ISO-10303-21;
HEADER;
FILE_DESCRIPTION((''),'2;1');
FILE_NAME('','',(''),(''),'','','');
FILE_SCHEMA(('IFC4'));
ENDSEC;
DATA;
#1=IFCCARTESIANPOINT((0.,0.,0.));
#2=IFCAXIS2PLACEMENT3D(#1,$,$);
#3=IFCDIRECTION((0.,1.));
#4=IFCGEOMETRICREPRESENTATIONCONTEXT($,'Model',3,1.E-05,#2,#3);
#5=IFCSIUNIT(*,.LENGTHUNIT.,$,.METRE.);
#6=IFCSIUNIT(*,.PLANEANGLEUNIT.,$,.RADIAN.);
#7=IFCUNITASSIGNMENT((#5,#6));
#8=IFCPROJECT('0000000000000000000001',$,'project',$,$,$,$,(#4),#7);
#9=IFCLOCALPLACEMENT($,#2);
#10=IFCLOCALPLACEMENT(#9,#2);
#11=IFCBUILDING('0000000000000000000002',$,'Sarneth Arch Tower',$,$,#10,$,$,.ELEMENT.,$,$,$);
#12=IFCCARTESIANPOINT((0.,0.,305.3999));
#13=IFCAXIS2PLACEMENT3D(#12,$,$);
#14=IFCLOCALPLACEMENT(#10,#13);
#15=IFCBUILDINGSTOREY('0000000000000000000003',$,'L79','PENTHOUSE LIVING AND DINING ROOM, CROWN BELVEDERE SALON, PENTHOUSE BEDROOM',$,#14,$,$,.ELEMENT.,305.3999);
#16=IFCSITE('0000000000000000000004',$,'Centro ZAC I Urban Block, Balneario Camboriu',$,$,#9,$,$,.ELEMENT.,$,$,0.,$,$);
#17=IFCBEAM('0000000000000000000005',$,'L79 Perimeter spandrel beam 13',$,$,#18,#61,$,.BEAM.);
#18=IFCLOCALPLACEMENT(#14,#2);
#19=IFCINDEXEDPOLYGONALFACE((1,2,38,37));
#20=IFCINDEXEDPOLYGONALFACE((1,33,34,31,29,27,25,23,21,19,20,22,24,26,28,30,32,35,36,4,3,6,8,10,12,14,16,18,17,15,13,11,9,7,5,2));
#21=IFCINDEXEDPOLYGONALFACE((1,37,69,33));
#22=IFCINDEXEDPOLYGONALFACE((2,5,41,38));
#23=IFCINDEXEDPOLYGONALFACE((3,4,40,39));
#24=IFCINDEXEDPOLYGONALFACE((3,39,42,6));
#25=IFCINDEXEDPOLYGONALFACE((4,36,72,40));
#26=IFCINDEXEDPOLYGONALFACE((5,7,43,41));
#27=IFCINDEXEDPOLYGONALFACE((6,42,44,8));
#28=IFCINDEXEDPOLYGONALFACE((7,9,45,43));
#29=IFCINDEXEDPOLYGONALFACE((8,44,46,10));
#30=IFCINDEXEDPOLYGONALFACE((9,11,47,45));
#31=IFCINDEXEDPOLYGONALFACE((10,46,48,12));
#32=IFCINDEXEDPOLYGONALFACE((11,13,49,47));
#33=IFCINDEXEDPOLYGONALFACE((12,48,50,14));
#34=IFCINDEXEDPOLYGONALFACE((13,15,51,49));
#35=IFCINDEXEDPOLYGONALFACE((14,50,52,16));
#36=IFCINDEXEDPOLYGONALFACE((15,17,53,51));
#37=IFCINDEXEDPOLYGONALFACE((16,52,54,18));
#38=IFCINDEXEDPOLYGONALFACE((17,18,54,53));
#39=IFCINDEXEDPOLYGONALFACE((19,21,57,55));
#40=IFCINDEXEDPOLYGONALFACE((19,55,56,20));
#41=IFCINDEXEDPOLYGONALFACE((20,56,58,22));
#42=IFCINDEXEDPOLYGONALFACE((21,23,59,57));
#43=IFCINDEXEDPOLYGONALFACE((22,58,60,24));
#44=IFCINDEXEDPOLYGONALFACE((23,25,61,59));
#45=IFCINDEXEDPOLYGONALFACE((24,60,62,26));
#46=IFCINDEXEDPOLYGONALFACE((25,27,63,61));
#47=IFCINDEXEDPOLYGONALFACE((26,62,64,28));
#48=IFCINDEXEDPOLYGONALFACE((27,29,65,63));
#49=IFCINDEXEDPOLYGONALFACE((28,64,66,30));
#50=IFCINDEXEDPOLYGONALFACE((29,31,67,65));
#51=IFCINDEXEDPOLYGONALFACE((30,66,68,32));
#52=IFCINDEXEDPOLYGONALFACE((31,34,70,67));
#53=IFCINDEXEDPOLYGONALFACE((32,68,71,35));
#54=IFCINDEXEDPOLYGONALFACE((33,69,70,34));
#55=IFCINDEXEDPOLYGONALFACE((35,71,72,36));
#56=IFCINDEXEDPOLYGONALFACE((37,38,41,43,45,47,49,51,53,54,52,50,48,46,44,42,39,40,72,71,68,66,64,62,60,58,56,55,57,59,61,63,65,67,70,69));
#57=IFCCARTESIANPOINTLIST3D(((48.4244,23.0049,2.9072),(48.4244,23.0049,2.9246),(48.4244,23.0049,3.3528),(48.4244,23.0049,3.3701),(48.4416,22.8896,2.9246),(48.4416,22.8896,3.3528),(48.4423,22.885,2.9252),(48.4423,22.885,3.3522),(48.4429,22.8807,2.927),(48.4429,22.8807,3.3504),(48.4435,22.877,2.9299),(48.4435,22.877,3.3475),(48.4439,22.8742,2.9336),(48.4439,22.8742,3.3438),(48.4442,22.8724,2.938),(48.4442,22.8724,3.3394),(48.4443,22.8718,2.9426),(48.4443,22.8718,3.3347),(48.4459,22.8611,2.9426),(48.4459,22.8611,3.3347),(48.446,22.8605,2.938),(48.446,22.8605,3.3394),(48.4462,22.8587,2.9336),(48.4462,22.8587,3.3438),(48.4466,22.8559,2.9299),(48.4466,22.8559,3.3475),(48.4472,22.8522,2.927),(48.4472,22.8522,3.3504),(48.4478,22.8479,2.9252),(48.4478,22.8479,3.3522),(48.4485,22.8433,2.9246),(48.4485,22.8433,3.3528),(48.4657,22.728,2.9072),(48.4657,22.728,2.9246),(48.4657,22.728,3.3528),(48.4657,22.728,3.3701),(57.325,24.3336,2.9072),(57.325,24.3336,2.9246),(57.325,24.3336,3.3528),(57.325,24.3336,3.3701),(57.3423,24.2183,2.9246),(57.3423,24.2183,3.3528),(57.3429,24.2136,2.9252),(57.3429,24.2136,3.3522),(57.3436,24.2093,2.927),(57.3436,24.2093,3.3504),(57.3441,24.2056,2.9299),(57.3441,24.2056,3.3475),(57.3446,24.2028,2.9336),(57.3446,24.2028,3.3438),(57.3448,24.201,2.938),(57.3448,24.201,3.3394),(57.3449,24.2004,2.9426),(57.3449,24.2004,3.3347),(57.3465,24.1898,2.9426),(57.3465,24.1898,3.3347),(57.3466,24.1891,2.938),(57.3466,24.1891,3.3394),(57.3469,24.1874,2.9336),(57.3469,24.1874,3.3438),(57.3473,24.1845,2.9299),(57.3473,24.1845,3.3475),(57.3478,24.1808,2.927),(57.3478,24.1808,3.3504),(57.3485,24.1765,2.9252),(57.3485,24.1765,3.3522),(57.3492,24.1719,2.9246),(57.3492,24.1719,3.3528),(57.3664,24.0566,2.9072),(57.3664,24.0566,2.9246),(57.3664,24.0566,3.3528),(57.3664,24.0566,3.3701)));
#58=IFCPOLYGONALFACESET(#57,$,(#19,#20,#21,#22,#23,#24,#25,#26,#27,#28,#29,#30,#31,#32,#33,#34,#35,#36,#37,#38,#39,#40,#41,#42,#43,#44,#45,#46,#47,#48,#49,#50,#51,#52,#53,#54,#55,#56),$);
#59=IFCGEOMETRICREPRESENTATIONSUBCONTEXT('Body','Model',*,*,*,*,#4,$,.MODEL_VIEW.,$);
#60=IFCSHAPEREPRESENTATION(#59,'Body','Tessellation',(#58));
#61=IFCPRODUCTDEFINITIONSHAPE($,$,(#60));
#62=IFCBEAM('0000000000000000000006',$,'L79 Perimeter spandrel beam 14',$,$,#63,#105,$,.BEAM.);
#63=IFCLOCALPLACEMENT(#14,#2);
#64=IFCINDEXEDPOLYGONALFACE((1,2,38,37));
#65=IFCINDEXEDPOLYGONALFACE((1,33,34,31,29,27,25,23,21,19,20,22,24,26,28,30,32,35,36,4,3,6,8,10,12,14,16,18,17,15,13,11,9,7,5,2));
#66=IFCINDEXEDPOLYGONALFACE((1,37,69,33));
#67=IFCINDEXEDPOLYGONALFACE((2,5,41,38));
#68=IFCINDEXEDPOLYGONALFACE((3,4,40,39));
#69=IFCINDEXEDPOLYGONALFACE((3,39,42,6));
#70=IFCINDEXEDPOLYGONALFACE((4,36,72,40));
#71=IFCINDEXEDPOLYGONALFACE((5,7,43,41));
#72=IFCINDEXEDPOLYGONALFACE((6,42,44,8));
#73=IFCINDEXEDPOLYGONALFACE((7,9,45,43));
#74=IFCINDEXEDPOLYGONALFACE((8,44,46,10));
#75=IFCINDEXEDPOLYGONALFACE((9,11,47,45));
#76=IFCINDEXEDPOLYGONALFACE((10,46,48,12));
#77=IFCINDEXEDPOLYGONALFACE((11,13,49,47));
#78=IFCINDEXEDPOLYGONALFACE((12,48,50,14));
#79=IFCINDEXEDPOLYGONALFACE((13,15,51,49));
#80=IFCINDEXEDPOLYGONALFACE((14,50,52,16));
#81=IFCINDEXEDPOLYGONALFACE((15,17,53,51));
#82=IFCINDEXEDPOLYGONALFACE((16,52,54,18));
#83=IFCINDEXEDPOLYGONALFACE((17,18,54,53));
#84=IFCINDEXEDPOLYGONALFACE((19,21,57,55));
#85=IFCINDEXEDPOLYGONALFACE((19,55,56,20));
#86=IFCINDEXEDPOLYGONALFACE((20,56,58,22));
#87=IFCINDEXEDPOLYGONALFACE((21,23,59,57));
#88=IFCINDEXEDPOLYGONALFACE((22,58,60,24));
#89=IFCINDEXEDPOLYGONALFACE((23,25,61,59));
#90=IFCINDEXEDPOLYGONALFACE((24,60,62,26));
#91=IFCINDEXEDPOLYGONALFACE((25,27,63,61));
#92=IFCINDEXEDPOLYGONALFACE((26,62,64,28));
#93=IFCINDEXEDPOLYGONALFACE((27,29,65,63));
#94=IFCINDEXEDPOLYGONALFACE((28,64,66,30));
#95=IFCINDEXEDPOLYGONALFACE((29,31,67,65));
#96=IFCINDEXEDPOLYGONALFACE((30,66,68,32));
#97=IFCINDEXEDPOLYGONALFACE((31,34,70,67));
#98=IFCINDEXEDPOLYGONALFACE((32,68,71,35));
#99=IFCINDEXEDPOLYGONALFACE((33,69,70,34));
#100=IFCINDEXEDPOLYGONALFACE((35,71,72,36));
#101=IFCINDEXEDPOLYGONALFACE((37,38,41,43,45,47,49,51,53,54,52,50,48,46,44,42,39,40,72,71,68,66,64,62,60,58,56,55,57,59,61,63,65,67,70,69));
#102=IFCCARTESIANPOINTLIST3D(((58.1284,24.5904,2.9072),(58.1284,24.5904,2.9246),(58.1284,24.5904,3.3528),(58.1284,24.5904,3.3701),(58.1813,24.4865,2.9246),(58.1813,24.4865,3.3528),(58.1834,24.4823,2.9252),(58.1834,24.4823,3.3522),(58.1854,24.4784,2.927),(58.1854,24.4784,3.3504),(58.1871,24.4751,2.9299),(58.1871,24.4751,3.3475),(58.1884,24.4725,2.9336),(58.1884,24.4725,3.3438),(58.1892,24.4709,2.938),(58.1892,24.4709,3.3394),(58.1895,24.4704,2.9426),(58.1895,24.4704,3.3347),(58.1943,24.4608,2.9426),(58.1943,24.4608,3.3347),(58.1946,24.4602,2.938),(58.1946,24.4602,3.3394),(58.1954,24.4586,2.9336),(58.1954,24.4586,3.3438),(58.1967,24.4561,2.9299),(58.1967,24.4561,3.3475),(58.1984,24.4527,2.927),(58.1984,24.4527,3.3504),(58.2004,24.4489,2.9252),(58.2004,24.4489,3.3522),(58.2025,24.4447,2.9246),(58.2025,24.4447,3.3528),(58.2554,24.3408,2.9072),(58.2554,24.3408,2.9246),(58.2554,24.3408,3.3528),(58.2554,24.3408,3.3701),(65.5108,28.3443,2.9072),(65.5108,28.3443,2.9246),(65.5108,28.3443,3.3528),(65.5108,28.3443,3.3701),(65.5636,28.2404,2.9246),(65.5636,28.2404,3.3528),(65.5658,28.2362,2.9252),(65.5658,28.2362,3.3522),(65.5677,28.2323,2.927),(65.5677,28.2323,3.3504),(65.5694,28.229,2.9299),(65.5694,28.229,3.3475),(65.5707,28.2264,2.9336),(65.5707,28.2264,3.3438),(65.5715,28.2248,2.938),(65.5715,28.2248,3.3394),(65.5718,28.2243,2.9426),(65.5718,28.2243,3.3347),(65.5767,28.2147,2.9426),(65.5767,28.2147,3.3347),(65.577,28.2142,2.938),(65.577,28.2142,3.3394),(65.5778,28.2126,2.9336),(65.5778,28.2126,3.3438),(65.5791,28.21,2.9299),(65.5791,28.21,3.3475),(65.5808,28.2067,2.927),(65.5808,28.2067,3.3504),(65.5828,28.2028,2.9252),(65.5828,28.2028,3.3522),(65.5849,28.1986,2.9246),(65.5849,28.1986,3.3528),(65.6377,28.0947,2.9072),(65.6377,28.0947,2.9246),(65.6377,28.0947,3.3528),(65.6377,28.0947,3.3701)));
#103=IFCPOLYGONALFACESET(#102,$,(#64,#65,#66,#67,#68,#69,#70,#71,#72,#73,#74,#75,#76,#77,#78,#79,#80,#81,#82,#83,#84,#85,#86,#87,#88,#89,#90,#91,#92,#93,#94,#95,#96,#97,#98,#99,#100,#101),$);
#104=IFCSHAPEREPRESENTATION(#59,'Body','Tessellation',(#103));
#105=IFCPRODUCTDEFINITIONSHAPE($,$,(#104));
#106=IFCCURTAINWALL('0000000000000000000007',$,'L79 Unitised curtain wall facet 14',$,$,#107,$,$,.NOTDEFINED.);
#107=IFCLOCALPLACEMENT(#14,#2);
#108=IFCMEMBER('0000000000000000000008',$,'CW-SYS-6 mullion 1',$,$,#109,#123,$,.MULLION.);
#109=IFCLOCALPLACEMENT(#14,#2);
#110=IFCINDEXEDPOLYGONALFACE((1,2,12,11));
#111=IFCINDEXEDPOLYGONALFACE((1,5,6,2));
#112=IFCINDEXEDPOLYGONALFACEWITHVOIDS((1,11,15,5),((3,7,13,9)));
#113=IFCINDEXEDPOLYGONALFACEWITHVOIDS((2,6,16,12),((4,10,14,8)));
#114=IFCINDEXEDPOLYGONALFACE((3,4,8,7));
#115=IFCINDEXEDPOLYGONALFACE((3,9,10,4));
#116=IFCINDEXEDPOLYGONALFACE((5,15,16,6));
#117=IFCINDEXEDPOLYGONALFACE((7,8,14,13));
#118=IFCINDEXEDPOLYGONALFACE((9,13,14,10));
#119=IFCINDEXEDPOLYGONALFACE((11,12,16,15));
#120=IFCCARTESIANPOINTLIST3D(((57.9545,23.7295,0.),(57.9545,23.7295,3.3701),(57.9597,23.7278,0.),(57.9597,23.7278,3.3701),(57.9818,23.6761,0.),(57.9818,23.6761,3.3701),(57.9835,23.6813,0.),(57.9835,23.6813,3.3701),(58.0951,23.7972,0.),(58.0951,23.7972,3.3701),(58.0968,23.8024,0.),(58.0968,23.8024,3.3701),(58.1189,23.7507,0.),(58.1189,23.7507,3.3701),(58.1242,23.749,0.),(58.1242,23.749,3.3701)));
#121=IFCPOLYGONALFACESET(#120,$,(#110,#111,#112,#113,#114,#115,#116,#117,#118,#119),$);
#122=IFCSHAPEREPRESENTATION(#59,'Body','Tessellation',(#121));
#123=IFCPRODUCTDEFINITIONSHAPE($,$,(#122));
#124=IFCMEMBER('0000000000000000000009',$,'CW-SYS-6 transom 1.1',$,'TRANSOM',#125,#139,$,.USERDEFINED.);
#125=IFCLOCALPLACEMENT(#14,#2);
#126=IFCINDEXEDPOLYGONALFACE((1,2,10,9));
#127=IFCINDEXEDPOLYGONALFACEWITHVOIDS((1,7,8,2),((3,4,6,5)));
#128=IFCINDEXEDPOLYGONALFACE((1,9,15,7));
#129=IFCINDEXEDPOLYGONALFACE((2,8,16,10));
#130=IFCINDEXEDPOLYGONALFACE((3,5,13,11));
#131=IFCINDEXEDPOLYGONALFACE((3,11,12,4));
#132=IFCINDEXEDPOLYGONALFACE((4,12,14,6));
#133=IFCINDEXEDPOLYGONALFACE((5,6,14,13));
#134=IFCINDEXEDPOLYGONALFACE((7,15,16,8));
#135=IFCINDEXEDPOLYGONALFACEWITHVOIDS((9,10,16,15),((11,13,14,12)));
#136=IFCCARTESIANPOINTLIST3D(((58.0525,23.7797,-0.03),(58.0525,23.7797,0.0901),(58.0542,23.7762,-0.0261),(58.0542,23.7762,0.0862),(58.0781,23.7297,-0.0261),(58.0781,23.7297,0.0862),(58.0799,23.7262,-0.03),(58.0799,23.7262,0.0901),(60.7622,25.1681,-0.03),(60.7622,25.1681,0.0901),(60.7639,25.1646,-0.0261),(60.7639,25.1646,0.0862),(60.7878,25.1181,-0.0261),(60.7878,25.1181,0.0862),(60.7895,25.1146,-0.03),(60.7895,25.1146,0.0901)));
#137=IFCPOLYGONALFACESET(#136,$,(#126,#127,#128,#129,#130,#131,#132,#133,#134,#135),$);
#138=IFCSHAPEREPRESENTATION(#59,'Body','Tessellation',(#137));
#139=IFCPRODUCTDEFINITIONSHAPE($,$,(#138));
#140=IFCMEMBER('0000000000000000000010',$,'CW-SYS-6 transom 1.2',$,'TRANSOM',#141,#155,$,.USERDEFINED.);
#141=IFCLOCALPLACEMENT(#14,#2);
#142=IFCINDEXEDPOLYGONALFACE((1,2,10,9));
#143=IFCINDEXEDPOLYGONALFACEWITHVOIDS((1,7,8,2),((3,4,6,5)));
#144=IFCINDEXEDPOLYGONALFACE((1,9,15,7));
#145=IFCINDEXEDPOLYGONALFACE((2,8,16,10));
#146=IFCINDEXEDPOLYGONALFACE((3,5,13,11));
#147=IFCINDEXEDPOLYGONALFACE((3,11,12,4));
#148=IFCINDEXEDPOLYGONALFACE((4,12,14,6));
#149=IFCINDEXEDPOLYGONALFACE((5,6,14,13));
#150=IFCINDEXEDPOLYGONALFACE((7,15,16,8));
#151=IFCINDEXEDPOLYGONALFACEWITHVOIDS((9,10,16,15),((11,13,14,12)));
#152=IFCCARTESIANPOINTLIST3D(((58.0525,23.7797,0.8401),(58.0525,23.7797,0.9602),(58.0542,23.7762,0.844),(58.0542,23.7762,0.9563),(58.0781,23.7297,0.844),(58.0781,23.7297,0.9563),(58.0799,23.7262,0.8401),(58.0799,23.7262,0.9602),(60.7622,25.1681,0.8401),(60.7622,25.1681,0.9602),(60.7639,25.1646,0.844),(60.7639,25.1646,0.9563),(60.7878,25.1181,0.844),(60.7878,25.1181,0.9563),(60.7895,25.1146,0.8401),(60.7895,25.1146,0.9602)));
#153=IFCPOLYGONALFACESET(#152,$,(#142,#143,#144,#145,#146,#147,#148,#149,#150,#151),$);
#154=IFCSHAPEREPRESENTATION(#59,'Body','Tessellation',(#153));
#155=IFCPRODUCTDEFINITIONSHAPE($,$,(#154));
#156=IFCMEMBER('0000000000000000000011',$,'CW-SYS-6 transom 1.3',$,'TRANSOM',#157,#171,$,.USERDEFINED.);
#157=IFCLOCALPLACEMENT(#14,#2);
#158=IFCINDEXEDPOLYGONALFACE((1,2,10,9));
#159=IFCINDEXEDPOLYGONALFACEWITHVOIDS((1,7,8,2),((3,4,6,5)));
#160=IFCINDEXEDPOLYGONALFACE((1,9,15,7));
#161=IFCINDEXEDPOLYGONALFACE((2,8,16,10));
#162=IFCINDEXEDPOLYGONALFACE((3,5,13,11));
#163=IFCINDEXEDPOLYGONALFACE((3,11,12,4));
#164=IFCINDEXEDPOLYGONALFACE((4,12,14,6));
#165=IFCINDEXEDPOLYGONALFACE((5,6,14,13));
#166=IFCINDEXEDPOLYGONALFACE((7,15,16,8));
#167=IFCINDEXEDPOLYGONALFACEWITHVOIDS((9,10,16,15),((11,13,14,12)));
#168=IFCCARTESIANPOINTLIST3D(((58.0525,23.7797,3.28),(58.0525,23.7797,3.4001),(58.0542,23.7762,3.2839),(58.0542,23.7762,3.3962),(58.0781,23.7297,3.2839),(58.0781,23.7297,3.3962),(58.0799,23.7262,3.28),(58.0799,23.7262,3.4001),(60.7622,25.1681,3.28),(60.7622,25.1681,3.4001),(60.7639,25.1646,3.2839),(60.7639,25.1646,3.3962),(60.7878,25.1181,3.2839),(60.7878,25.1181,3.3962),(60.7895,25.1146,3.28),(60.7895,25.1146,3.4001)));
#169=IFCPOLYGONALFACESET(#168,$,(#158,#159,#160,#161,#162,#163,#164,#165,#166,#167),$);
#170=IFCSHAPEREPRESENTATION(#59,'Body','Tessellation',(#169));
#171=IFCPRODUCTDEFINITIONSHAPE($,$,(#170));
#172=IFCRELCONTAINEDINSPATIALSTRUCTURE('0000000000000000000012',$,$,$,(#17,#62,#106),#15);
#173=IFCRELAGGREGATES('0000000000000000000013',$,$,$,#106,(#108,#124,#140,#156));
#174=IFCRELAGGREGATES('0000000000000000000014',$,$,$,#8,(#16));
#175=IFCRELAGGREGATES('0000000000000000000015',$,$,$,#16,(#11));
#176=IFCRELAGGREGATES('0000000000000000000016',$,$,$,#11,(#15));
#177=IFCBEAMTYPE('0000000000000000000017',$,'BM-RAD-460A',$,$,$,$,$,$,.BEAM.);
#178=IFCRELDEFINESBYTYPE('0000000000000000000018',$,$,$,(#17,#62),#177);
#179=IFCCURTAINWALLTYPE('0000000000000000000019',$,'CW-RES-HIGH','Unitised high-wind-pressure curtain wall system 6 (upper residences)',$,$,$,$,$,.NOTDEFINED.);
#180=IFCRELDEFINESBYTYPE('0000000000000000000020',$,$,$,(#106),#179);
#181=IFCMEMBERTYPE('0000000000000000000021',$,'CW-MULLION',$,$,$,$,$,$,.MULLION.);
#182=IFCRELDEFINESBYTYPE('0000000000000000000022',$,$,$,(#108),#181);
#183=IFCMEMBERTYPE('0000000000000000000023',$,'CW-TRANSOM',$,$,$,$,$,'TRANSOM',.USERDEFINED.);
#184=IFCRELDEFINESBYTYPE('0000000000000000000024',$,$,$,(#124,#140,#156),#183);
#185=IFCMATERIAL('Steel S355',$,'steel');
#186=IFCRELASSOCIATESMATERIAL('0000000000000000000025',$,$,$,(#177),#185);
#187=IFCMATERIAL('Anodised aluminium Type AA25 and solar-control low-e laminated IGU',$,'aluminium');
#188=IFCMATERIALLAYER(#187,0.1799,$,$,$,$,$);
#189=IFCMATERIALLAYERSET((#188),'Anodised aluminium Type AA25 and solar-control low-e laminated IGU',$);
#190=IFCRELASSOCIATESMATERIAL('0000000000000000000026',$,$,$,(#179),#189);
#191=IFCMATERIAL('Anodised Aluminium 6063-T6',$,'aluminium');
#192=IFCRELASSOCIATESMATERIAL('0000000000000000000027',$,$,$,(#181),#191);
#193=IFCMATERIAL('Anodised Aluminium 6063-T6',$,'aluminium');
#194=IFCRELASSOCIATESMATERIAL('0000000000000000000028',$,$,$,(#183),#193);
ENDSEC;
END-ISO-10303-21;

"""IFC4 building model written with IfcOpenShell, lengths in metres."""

from ifc_helpers import new_model, si_unit, direction, frame, origin, origin_2d, place, context, subcontext, project, spatial, hollow_rectangle, i_section, extrude, material, layer, layer_set, material_profile, profile_set, type_object, element, aggregate, save


model = new_model("IFC4")

# Units and contexts
model_context = context("Model", 3, precision=1e-05, world=origin(), true_north=direction((0.0, 1.0)))
body_context = subcontext(model_context, "Body", "Model", "MODEL_VIEW")
ifc_project = project(units=[si_unit("LENGTHUNIT", "METRE"), si_unit("PLANEANGLEUNIT", "RADIAN")], contexts=[model_context])

# Site, building, storey
site_placement = place(None, origin())
site = spatial("IfcSite", under=ifc_project, at=site_placement, Name="Centro ZAC I Urban Block, Balneario Camboriu", CompositionType="ELEMENT", RefElevation=0.0)
building_placement = place(site_placement, origin())
building = spatial("IfcBuilding", under=site, at=building_placement, Name="Sarneth Arch Tower", CompositionType="ELEMENT")
storey_placement = place(building_placement, frame((0.0, 0.0, 305.3999)))
storey = spatial("IfcBuildingStorey", under=building, at=storey_placement, Name="L79", Description="PENTHOUSE LIVING AND DINING ROOM, CROWN BELVEDERE SALON, PENTHOUSE BEDROOM", CompositionType="ELEMENT", Elevation=305.3999)

# Beams
ifc_material_1 = material(Name="Steel S355", Category="steel")
ifc_material_profile_1 = material_profile(ifc_material_1, i_section(OverallWidth=0.28, OverallDepth=0.4629, WebThickness=0.0107, FlangeThickness=0.0173, FilletRadius=0.0181, at=origin_2d()), Name="W460x113")
ifc_profile_set_1 = profile_set([ifc_material_profile_1], Name="Steel S355")
beam_type_1 = type_object("IfcBeamType", Name="BM-RAD-460A", PredefinedType="BEAM", material=ifc_profile_set_1)
beam_1_placement = place(storey_placement, frame((48.4451, 22.8665, 3.1387), z_axis=(0.989042, 0.147636, 0.0), x_axis=(-0.147636, 0.989042, 0.0)))
element("IfcBeam", 1, at=beam_1_placement, inside=storey, type_object=beam_type_1, Name="L79 Perimeter spandrel beam 13", PredefinedType="BEAM", context=body_context, shape_type="SweptSolid", body=[
    extrude(i_section(OverallWidth=0.28, OverallDepth=0.4629, WebThickness=0.0107, FlangeThickness=0.0173, FilletRadius=0.0181, at=origin_2d()), origin(), (0.0, 0.0, 1.0), 8.9993),
])
beam_2_placement = place(storey_placement, frame((58.1919, 24.4656, 3.1387), z_axis=(0.891376, 0.453264, 0.0), x_axis=(-0.453264, 0.891376, 0.0)))
element("IfcBeam", 2, at=beam_2_placement, inside=storey, type_object=beam_type_1, Name="L79 Perimeter spandrel beam 14", PredefinedType="BEAM", context=body_context, shape_type="SweptSolid", body=[
    extrude(i_section(OverallWidth=0.28, OverallDepth=0.4629, WebThickness=0.0107, FlangeThickness=0.0173, FilletRadius=0.0181, at=origin_2d()), origin(), (0.0, 0.0, 1.0), 8.282),
])

# Curtain wall, members
ifc_material_2 = material(Name="Anodised aluminium Type AA25 and solar-control low-e laminated IGU", Category="aluminium")
ifc_layer_1 = layer(ifc_material_2, 0.1799)
ifc_layer_set_1 = layer_set([ifc_layer_1], Name="Anodised aluminium Type AA25 and solar-control low-e laminated IGU")
curtain_wall_type = type_object("IfcCurtainWallType", Name="CW-RES-HIGH", Description="Unitised high-wind-pressure curtain wall system 6 (upper residences)", PredefinedType="NOTDEFINED", material=ifc_layer_set_1)
curtain_wall_placement = place(storey_placement, origin())
curtain_wall = element("IfcCurtainWall", 3, at=curtain_wall_placement, inside=storey, type_object=curtain_wall_type, Name="L79 Unitised curtain wall facet 14", PredefinedType="NOTDEFINED")
ifc_material_3 = material(Name="Anodised Aluminium 6063-T6", Category="aluminium")
ifc_material_profile_2 = material_profile(ifc_material_3, hollow_rectangle(XDim=0.0601, YDim=0.1599, WallThickness=0.0039, at=origin_2d()), Name="AL-MULL-160x60x4")
ifc_profile_set_2 = profile_set([ifc_material_profile_2], Name="Anodised Aluminium 6063-T6")
member_type_1 = type_object("IfcMemberType", Name="CW-MULLION", PredefinedType="MULLION", material=ifc_profile_set_2)
member_1_placement = place(storey_placement, frame((58.0393, 23.7393, 0.0), z_axis=(0.0, 0.0, 1.0), x_axis=(-0.455942, 0.89001, 0.0)))
member_1 = element("IfcMember", 4, at=member_1_placement, type_object=member_type_1, Name="CW-SYS-6 mullion 1", PredefinedType="MULLION", context=body_context, shape_type="SweptSolid", body=[
    extrude(hollow_rectangle(XDim=0.0601, YDim=0.1599, WallThickness=0.0039, at=origin_2d()), origin(), (0.0, 0.0, 1.0), 3.3701),
])
ifc_material_4 = material(Name="Anodised Aluminium 6063-T6", Category="aluminium")
ifc_material_profile_3 = material_profile(ifc_material_4, hollow_rectangle(XDim=0.0601, YDim=0.1201, WallThickness=0.0039, at=origin_2d()), Name="AL-TRAN-120x60x4")
ifc_profile_set_3 = profile_set([ifc_material_profile_3], Name="Anodised Aluminium 6063-T6")
member_type_2 = type_object("IfcMemberType", Name="CW-TRANSOM", ElementType="TRANSOM", PredefinedType="USERDEFINED", material=ifc_profile_set_3)
member_2_placement = place(storey_placement, frame((58.0662, 23.7529, 0.03), z_axis=(0.889974, 0.456012, 0.0), x_axis=(-0.456012, 0.889974, 0.0)))
member_2 = element("IfcMember", 5, at=member_2_placement, type_object=member_type_2, Name="CW-SYS-6 transom 1.1", ObjectType="TRANSOM", PredefinedType="USERDEFINED", context=body_context, shape_type="SweptSolid", body=[
    extrude(hollow_rectangle(XDim=0.0601, YDim=0.1201, WallThickness=0.0039, at=origin_2d()), origin(), (0.0, 0.0, 1.0), 3.0447),
])
member_3_placement = place(storey_placement, frame((58.0662, 23.7529, 0.9001), z_axis=(0.889974, 0.456012, 0.0), x_axis=(-0.456012, 0.889974, 0.0)))
member_3 = element("IfcMember", 6, at=member_3_placement, type_object=member_type_2, Name="CW-SYS-6 transom 1.2", ObjectType="TRANSOM", PredefinedType="USERDEFINED", context=body_context, shape_type="SweptSolid", body=[
    extrude(hollow_rectangle(XDim=0.0601, YDim=0.1201, WallThickness=0.0039, at=origin_2d()), origin(), (0.0, 0.0, 1.0), 3.0447),
])
member_4_placement = place(storey_placement, frame((58.0662, 23.7529, 3.3401), z_axis=(0.889974, 0.456012, 0.0), x_axis=(-0.456012, 0.889974, 0.0)))
member_4 = element("IfcMember", 7, at=member_4_placement, type_object=member_type_2, Name="CW-SYS-6 transom 1.3", ObjectType="TRANSOM", PredefinedType="USERDEFINED", context=body_context, shape_type="SweptSolid", body=[
    extrude(hollow_rectangle(XDim=0.0601, YDim=0.1201, WallThickness=0.0039, at=origin_2d()), origin(), (0.0, 0.0, 1.0), 3.0447),
])

aggregate(curtain_wall, [member_1, member_2, member_3, member_4])

save(model, "model.ifc")
